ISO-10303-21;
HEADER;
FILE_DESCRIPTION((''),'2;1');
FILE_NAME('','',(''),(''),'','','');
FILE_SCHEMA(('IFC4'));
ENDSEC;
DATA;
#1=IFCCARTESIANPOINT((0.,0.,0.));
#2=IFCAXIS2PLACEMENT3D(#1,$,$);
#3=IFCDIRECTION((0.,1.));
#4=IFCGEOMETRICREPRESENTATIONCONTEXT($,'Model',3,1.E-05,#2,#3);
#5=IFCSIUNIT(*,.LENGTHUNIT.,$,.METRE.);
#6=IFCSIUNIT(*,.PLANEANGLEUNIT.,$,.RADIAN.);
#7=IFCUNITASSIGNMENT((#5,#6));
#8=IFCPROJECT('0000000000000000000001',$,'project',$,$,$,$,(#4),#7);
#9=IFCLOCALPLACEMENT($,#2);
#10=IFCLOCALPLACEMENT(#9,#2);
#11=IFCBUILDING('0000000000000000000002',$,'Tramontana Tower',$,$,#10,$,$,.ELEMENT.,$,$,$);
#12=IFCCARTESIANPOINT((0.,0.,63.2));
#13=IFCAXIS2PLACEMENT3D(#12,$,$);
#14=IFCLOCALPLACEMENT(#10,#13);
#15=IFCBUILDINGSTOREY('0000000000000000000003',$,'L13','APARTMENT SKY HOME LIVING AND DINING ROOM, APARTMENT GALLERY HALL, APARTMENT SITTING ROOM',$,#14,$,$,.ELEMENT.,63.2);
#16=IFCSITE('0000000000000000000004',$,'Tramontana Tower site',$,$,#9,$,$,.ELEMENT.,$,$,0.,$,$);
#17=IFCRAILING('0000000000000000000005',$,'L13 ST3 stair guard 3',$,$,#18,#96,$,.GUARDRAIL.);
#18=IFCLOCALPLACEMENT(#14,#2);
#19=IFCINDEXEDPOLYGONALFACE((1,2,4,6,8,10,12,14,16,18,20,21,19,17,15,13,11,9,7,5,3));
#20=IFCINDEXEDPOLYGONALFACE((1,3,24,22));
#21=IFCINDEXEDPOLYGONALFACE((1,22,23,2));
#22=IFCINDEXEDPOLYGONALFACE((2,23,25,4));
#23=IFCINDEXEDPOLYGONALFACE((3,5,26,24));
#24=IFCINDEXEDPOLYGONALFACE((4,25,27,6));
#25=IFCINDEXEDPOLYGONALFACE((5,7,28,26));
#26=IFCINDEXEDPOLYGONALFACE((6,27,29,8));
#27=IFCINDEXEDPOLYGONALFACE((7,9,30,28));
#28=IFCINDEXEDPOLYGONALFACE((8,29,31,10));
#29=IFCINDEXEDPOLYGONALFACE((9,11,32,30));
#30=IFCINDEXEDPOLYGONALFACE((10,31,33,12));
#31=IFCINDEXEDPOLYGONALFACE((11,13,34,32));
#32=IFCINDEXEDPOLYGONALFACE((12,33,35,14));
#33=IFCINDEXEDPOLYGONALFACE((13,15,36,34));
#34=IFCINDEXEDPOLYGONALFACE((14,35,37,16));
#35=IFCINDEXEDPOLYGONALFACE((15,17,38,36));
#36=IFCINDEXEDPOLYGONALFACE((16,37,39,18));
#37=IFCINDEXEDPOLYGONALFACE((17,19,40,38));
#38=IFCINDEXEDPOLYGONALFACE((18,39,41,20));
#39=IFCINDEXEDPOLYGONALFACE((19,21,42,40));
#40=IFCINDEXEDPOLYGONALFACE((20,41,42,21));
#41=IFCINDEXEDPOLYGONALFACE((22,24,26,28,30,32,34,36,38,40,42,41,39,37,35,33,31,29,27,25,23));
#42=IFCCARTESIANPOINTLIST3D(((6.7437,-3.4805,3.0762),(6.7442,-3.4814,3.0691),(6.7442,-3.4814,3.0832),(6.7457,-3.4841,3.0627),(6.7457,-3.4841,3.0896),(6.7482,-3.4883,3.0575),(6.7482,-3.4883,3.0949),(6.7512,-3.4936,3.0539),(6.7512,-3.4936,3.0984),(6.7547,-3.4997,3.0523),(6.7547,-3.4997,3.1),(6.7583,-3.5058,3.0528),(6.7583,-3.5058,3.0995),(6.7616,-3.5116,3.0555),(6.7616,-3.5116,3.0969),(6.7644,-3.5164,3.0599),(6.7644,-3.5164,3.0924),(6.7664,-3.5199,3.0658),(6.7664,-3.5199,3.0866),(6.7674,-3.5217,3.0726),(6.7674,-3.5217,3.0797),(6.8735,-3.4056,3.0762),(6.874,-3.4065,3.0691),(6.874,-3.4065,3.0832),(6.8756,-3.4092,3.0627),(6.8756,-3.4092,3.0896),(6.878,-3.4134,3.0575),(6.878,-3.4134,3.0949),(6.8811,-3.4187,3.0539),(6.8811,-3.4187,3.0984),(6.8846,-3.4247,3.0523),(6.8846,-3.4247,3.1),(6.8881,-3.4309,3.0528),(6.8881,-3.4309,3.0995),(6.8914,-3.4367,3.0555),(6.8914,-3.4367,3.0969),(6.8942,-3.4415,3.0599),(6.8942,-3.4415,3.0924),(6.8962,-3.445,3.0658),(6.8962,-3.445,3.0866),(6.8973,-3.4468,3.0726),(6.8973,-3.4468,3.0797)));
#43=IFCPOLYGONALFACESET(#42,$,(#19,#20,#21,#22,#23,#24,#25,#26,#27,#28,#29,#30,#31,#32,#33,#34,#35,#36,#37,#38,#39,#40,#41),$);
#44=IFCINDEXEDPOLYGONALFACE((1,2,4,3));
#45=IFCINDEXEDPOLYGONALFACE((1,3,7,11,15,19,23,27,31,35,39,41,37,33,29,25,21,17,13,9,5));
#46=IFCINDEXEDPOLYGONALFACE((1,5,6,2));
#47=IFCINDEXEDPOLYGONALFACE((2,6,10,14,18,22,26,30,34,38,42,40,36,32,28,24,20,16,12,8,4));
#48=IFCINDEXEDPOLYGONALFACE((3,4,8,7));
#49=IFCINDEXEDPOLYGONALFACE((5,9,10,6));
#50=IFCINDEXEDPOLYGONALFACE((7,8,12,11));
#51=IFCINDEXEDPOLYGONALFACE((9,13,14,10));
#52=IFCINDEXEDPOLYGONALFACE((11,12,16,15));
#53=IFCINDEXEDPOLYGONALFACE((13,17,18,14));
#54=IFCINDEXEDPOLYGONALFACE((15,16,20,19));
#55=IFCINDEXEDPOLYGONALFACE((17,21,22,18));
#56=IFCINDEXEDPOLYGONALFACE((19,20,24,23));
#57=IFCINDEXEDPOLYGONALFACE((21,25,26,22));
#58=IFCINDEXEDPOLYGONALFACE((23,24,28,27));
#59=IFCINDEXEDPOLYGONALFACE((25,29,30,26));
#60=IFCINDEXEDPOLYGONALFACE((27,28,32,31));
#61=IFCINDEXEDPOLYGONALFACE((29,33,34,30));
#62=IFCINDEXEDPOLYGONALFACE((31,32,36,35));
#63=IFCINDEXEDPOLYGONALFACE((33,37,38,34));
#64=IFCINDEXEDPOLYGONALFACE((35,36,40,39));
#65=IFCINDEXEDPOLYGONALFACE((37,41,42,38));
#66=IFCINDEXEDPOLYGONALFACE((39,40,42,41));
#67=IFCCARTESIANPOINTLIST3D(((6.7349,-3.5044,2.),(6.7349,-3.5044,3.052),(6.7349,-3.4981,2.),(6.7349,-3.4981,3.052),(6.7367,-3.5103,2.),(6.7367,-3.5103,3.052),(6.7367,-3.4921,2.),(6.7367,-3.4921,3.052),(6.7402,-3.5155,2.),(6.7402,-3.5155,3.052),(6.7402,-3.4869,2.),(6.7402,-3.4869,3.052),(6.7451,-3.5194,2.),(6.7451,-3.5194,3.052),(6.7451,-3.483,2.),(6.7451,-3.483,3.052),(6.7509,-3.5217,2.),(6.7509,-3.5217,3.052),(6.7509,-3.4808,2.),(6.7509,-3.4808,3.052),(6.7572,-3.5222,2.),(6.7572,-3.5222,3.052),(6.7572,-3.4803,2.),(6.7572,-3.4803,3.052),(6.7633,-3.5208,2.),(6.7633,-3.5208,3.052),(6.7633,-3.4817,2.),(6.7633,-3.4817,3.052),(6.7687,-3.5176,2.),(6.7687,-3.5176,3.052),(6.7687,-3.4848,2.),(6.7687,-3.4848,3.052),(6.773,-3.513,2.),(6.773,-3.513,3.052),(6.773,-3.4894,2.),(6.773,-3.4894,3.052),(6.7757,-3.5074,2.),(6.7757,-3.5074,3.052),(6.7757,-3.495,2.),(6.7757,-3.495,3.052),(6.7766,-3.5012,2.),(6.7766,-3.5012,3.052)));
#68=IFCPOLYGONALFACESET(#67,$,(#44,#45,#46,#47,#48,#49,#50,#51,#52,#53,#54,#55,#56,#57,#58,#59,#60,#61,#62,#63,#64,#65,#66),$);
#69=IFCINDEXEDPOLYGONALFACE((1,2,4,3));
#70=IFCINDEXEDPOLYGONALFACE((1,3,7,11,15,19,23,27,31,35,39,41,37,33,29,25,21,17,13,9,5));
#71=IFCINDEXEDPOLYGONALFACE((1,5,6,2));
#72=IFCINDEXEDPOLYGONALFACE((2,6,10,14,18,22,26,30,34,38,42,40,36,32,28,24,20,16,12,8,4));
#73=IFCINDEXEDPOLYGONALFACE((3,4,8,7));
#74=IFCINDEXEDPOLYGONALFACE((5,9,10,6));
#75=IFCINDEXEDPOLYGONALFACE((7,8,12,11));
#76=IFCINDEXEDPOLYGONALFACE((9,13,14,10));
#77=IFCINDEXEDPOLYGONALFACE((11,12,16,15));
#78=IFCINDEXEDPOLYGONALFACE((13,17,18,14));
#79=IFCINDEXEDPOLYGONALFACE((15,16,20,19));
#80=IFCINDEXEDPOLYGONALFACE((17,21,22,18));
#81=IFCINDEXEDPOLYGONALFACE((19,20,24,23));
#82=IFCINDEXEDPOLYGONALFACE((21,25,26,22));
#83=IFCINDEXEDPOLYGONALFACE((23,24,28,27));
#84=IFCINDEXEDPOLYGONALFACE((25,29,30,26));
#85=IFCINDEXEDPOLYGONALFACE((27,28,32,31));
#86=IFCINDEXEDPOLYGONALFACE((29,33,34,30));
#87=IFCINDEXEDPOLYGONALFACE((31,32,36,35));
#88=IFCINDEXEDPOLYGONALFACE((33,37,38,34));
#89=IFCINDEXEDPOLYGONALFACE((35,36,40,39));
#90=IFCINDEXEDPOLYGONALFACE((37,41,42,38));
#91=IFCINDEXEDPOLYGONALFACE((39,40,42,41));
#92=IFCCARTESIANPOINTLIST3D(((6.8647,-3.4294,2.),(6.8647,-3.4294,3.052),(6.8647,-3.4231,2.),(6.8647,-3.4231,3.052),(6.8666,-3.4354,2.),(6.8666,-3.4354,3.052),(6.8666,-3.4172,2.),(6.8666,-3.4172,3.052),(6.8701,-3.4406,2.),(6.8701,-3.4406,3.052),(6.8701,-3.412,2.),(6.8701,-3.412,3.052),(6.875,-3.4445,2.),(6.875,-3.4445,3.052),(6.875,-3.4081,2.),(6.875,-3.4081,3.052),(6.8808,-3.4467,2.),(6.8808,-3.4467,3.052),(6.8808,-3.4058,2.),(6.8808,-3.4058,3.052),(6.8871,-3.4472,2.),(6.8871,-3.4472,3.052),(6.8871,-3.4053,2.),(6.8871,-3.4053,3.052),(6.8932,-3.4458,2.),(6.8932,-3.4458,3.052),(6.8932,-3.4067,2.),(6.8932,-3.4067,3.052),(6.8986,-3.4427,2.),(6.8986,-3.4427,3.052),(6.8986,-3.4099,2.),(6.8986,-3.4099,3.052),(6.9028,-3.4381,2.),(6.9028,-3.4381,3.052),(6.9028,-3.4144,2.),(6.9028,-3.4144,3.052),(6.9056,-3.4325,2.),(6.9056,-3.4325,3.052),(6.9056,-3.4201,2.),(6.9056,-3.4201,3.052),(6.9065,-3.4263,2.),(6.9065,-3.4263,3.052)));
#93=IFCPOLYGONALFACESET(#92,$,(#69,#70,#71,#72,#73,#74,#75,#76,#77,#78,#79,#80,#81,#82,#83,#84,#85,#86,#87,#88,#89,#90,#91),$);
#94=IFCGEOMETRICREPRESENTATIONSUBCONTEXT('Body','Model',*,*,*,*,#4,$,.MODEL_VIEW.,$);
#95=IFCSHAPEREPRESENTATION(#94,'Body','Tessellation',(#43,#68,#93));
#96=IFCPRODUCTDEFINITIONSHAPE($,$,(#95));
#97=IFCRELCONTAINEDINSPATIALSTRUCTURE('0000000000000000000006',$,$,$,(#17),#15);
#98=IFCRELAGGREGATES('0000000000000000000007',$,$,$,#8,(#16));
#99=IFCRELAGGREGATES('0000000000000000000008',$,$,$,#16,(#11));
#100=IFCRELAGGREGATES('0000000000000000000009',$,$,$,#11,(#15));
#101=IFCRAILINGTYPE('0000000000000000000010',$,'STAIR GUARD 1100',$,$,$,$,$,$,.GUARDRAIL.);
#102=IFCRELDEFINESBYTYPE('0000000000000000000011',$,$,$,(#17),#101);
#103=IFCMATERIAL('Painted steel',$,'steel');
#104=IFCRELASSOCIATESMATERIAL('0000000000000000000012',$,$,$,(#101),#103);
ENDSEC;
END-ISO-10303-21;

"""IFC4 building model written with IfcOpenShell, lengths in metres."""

from ifc_helpers import new_model, si_unit, direction, frame, origin, origin_2d, place, context, subcontext, project, spatial, circle, extrude, material, type_object, element, save


model = new_model("IFC4")

# Units and contexts
model_context = context("Model", 3, precision=1e-05, world=origin(), true_north=direction((0.0, 1.0)))
body_context = subcontext(model_context, "Body", "Model", "MODEL_VIEW")
ifc_project = project(units=[si_unit("LENGTHUNIT", "METRE"), si_unit("PLANEANGLEUNIT", "RADIAN")], contexts=[model_context])

# Site, building, storey
site_placement = place(None, origin())
site = spatial("IfcSite", under=ifc_project, at=site_placement, Name="Tramontana Tower site", CompositionType="ELEMENT", RefElevation=0.0)
building_placement = place(site_placement, origin())
building = spatial("IfcBuilding", under=site, at=building_placement, Name="Tramontana Tower", CompositionType="ELEMENT")
storey_placement = place(building_placement, frame((0.0, 0.0, 63.2)))
storey = spatial("IfcBuildingStorey", under=building, at=storey_placement, Name="L13", Description="APARTMENT SKY HOME LIVING AND DINING ROOM, APARTMENT GALLERY HALL, APARTMENT SITTING ROOM", CompositionType="ELEMENT", Elevation=63.2)

# Railing
ifc_material_1 = material(Name="Painted steel", Category="steel")
railing_type_1 = type_object("IfcRailingType", Name="STAIR GUARD 1100", PredefinedType="GUARDRAIL", material=ifc_material_1)
railing_1_placement = place(storey_placement, frame((6.7556, -3.5012, 2.0)))
element("IfcRailing", 1, at=railing_1_placement, inside=storey, type_object=railing_type_1, Name="L13 ST3 stair guard 3", PredefinedType="GUARDRAIL", context=body_context, shape_type="SweptSolid", body=[
    extrude(circle(Radius=0.0239, at=origin_2d()), frame((0.0, 0.0, 1.0762), z_axis=(0.866131, 0.499816, 0.0), x_axis=(-0.499816, 0.866131, 0.0)), (0.0, 0.0, 1.0), 0.1499),
    extrude(circle(Radius=0.021, at=origin_2d()), origin(), (0.0, 0.0, 1.0), 1.052),
    extrude(circle(Radius=0.021, at=origin_2d()), frame((0.1299, 0.075, 0.0)), (0.0, 0.0, 1.0), 1.052),
])

save(model, "model.ifc")
